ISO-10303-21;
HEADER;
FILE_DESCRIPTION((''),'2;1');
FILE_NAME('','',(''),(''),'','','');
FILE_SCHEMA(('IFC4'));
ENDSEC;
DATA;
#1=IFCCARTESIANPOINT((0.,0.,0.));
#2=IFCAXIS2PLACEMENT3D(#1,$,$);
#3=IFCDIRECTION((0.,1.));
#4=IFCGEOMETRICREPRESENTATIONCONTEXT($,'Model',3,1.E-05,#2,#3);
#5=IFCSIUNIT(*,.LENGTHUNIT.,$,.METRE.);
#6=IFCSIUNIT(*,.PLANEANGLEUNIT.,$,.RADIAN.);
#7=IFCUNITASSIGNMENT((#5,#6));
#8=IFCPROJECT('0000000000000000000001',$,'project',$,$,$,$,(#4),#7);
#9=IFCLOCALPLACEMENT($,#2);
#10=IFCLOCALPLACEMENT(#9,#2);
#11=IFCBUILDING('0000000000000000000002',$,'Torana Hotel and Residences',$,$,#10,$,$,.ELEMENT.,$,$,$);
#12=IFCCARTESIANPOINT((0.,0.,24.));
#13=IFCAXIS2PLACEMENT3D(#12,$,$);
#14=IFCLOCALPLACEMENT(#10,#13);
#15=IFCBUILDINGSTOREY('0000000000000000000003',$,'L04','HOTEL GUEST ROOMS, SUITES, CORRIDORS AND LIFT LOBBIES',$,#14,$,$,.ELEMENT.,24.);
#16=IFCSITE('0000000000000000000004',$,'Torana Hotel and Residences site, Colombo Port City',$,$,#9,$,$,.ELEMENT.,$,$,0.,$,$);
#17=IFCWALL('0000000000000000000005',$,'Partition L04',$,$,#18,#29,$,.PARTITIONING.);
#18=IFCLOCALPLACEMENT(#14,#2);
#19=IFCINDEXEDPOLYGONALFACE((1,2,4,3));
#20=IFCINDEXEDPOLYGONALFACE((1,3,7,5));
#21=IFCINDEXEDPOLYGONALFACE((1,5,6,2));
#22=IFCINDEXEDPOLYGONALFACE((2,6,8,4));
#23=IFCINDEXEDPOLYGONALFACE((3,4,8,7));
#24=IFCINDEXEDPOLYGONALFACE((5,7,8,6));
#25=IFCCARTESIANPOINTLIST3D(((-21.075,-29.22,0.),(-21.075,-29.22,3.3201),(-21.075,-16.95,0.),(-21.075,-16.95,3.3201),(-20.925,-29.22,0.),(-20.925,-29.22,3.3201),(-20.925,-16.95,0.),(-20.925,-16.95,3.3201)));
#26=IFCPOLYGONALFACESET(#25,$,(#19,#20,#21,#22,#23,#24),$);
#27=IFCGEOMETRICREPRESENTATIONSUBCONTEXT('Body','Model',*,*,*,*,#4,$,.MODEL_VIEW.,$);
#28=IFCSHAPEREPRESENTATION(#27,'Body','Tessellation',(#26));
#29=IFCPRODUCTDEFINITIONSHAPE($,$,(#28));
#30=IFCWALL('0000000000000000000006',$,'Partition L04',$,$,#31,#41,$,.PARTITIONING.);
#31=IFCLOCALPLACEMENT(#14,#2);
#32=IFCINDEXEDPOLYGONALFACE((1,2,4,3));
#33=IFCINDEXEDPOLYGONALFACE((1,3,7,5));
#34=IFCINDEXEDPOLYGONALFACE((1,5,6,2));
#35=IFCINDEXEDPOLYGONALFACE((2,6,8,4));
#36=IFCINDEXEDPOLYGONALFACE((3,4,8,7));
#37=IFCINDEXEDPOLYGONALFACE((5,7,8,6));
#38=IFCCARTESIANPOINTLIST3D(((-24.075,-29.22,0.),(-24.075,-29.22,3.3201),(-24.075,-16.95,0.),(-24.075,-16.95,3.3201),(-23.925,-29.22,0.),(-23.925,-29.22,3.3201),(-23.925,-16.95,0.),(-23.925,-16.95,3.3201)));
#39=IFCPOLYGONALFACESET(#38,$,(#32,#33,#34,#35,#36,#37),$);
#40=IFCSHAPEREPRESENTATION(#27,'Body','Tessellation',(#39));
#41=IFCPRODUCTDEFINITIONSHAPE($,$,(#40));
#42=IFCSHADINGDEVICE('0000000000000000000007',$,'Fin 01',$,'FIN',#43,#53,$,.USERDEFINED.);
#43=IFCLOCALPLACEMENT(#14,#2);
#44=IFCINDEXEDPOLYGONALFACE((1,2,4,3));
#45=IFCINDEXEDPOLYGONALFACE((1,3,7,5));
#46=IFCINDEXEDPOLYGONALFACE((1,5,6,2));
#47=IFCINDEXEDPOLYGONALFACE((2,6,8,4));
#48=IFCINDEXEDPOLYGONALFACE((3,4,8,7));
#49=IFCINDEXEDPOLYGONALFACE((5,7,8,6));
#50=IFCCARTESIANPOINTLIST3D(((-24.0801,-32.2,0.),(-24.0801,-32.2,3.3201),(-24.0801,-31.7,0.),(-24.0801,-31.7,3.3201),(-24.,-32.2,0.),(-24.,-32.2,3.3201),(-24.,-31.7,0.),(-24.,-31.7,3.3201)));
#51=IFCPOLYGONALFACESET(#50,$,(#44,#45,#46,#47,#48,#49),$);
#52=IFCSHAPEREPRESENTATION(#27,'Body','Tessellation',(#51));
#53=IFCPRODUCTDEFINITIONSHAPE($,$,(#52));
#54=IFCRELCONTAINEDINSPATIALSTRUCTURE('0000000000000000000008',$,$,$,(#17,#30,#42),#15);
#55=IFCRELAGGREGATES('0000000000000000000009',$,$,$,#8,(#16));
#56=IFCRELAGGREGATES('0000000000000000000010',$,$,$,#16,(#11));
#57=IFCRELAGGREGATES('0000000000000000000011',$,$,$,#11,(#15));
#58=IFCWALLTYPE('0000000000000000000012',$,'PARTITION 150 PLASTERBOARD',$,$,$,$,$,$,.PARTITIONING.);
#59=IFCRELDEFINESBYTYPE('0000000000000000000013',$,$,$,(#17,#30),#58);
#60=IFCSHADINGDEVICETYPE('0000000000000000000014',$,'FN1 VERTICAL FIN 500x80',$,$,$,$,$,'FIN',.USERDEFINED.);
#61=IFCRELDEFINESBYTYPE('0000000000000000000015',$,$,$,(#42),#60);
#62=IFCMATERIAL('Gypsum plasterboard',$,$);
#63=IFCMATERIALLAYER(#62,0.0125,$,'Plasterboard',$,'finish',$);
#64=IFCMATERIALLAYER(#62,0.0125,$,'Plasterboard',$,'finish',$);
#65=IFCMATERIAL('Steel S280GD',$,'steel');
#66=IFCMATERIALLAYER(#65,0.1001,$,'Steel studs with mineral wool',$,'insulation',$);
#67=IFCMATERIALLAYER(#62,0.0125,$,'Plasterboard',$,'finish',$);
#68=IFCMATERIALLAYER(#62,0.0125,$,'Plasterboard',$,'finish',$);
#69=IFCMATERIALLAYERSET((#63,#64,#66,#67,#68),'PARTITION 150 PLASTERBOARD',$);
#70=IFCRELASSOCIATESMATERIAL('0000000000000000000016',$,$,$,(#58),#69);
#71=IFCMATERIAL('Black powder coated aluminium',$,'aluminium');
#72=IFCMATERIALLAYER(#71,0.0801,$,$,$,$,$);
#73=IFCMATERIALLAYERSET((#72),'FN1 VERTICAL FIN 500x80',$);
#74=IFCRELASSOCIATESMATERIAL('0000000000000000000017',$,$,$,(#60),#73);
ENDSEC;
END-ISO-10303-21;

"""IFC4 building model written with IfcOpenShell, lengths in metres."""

from ifc_helpers import new_model, si_unit, direction, frame, frame_2d, origin, origin_2d, place, context, subcontext, project, spatial, rectangle, extrude, material, layer, layer_set, type_object, element, save


model = new_model("IFC4")

# Units and contexts
model_context = context("Model", 3, precision=1e-05, world=origin(), true_north=direction((0.0, 1.0)))
body_context = subcontext(model_context, "Body", "Model", "MODEL_VIEW")
ifc_project = project(units=[si_unit("LENGTHUNIT", "METRE"), si_unit("PLANEANGLEUNIT", "RADIAN")], contexts=[model_context])

# Site, building, storey
site_placement = place(None, origin())
site = spatial("IfcSite", under=ifc_project, at=site_placement, Name="Torana Hotel and Residences site, Colombo Port City", CompositionType="ELEMENT", RefElevation=0.0)
building_placement = place(site_placement, origin())
building = spatial("IfcBuilding", under=site, at=building_placement, Name="Torana Hotel and Residences", CompositionType="ELEMENT")
storey_placement = place(building_placement, frame((0.0, 0.0, 24.0)))
storey = spatial("IfcBuildingStorey", under=building, at=storey_placement, Name="L04", Description="HOTEL GUEST ROOMS, SUITES, CORRIDORS AND LIFT LOBBIES", CompositionType="ELEMENT", Elevation=24.0)

# Walls
ifc_material_1 = material(Name="Gypsum plasterboard")
ifc_layer_1 = layer(ifc_material_1, 0.0125, Name="Plasterboard", Category="finish")
ifc_layer_2 = layer(ifc_material_1, 0.0125, Name="Plasterboard", Category="finish")
ifc_material_2 = material(Name="Steel S280GD", Category="steel")
ifc_layer_3 = layer(ifc_material_2, 0.1001, Name="Steel studs with mineral wool", Category="insulation")
ifc_layer_4 = layer(ifc_material_1, 0.0125, Name="Plasterboard", Category="finish")
ifc_layer_5 = layer(ifc_material_1, 0.0125, Name="Plasterboard", Category="finish")
ifc_layer_set_1 = layer_set([ifc_layer_1, ifc_layer_2, ifc_layer_3, ifc_layer_4, ifc_layer_5], Name="PARTITION 150 PLASTERBOARD")
wall_type = type_object("IfcWallType", Name="PARTITION 150 PLASTERBOARD", PredefinedType="PARTITIONING", material=ifc_layer_set_1)
for number, where, z_axis, x_axis, name in (
    (1, (-21.0, -29.22, 0.0), (0.0, 0.0, 1.0), (0.0, 1.0, 0.0), "Partition L04"),
    (2, (-24.0, -29.22, 0.0), (0.0, 0.0, 1.0), (0.0, 1.0, 0.0), "Partition L04"),
):
    element("IfcWall", number, at=place(storey_placement, frame(where, z_axis=z_axis, x_axis=x_axis)), inside=storey, type_object=wall_type, Name=name, PredefinedType="PARTITIONING", context=body_context, shape_type="SweptSolid", body=[
        extrude(rectangle(XDim=12.27, YDim=0.1499, at=frame_2d((6.135, 0.0))), origin(), (0.0, 0.0, 1.0), 3.3201),
    ])

# Shading device
ifc_material_3 = material(Name="Black powder coated aluminium", Category="aluminium")
ifc_layer_6 = layer(ifc_material_3, 0.0801)
ifc_layer_set_2 = layer_set([ifc_layer_6], Name="FN1 VERTICAL FIN 500x80")
shading_device_type = type_object("IfcShadingDeviceType", Name="FN1 VERTICAL FIN 500x80", ElementType="FIN", PredefinedType="USERDEFINED", material=ifc_layer_set_2)
shading_device_placement = place(storey_placement, frame((-24.04, -31.95, 0.0), z_axis=(0.0, 0.0, 1.0), x_axis=(-1.0, 0.0, 0.0)))
element("IfcShadingDevice", 3, at=shading_device_placement, inside=storey, type_object=shading_device_type, Name="Fin 01", ObjectType="FIN", PredefinedType="USERDEFINED", context=body_context, shape_type="SweptSolid", body=[
    extrude(rectangle(XDim=0.0801, YDim=0.5, at=origin_2d()), origin(), (0.0, 0.0, 1.0), 3.3201),
])

save(model, "model.ifc")
